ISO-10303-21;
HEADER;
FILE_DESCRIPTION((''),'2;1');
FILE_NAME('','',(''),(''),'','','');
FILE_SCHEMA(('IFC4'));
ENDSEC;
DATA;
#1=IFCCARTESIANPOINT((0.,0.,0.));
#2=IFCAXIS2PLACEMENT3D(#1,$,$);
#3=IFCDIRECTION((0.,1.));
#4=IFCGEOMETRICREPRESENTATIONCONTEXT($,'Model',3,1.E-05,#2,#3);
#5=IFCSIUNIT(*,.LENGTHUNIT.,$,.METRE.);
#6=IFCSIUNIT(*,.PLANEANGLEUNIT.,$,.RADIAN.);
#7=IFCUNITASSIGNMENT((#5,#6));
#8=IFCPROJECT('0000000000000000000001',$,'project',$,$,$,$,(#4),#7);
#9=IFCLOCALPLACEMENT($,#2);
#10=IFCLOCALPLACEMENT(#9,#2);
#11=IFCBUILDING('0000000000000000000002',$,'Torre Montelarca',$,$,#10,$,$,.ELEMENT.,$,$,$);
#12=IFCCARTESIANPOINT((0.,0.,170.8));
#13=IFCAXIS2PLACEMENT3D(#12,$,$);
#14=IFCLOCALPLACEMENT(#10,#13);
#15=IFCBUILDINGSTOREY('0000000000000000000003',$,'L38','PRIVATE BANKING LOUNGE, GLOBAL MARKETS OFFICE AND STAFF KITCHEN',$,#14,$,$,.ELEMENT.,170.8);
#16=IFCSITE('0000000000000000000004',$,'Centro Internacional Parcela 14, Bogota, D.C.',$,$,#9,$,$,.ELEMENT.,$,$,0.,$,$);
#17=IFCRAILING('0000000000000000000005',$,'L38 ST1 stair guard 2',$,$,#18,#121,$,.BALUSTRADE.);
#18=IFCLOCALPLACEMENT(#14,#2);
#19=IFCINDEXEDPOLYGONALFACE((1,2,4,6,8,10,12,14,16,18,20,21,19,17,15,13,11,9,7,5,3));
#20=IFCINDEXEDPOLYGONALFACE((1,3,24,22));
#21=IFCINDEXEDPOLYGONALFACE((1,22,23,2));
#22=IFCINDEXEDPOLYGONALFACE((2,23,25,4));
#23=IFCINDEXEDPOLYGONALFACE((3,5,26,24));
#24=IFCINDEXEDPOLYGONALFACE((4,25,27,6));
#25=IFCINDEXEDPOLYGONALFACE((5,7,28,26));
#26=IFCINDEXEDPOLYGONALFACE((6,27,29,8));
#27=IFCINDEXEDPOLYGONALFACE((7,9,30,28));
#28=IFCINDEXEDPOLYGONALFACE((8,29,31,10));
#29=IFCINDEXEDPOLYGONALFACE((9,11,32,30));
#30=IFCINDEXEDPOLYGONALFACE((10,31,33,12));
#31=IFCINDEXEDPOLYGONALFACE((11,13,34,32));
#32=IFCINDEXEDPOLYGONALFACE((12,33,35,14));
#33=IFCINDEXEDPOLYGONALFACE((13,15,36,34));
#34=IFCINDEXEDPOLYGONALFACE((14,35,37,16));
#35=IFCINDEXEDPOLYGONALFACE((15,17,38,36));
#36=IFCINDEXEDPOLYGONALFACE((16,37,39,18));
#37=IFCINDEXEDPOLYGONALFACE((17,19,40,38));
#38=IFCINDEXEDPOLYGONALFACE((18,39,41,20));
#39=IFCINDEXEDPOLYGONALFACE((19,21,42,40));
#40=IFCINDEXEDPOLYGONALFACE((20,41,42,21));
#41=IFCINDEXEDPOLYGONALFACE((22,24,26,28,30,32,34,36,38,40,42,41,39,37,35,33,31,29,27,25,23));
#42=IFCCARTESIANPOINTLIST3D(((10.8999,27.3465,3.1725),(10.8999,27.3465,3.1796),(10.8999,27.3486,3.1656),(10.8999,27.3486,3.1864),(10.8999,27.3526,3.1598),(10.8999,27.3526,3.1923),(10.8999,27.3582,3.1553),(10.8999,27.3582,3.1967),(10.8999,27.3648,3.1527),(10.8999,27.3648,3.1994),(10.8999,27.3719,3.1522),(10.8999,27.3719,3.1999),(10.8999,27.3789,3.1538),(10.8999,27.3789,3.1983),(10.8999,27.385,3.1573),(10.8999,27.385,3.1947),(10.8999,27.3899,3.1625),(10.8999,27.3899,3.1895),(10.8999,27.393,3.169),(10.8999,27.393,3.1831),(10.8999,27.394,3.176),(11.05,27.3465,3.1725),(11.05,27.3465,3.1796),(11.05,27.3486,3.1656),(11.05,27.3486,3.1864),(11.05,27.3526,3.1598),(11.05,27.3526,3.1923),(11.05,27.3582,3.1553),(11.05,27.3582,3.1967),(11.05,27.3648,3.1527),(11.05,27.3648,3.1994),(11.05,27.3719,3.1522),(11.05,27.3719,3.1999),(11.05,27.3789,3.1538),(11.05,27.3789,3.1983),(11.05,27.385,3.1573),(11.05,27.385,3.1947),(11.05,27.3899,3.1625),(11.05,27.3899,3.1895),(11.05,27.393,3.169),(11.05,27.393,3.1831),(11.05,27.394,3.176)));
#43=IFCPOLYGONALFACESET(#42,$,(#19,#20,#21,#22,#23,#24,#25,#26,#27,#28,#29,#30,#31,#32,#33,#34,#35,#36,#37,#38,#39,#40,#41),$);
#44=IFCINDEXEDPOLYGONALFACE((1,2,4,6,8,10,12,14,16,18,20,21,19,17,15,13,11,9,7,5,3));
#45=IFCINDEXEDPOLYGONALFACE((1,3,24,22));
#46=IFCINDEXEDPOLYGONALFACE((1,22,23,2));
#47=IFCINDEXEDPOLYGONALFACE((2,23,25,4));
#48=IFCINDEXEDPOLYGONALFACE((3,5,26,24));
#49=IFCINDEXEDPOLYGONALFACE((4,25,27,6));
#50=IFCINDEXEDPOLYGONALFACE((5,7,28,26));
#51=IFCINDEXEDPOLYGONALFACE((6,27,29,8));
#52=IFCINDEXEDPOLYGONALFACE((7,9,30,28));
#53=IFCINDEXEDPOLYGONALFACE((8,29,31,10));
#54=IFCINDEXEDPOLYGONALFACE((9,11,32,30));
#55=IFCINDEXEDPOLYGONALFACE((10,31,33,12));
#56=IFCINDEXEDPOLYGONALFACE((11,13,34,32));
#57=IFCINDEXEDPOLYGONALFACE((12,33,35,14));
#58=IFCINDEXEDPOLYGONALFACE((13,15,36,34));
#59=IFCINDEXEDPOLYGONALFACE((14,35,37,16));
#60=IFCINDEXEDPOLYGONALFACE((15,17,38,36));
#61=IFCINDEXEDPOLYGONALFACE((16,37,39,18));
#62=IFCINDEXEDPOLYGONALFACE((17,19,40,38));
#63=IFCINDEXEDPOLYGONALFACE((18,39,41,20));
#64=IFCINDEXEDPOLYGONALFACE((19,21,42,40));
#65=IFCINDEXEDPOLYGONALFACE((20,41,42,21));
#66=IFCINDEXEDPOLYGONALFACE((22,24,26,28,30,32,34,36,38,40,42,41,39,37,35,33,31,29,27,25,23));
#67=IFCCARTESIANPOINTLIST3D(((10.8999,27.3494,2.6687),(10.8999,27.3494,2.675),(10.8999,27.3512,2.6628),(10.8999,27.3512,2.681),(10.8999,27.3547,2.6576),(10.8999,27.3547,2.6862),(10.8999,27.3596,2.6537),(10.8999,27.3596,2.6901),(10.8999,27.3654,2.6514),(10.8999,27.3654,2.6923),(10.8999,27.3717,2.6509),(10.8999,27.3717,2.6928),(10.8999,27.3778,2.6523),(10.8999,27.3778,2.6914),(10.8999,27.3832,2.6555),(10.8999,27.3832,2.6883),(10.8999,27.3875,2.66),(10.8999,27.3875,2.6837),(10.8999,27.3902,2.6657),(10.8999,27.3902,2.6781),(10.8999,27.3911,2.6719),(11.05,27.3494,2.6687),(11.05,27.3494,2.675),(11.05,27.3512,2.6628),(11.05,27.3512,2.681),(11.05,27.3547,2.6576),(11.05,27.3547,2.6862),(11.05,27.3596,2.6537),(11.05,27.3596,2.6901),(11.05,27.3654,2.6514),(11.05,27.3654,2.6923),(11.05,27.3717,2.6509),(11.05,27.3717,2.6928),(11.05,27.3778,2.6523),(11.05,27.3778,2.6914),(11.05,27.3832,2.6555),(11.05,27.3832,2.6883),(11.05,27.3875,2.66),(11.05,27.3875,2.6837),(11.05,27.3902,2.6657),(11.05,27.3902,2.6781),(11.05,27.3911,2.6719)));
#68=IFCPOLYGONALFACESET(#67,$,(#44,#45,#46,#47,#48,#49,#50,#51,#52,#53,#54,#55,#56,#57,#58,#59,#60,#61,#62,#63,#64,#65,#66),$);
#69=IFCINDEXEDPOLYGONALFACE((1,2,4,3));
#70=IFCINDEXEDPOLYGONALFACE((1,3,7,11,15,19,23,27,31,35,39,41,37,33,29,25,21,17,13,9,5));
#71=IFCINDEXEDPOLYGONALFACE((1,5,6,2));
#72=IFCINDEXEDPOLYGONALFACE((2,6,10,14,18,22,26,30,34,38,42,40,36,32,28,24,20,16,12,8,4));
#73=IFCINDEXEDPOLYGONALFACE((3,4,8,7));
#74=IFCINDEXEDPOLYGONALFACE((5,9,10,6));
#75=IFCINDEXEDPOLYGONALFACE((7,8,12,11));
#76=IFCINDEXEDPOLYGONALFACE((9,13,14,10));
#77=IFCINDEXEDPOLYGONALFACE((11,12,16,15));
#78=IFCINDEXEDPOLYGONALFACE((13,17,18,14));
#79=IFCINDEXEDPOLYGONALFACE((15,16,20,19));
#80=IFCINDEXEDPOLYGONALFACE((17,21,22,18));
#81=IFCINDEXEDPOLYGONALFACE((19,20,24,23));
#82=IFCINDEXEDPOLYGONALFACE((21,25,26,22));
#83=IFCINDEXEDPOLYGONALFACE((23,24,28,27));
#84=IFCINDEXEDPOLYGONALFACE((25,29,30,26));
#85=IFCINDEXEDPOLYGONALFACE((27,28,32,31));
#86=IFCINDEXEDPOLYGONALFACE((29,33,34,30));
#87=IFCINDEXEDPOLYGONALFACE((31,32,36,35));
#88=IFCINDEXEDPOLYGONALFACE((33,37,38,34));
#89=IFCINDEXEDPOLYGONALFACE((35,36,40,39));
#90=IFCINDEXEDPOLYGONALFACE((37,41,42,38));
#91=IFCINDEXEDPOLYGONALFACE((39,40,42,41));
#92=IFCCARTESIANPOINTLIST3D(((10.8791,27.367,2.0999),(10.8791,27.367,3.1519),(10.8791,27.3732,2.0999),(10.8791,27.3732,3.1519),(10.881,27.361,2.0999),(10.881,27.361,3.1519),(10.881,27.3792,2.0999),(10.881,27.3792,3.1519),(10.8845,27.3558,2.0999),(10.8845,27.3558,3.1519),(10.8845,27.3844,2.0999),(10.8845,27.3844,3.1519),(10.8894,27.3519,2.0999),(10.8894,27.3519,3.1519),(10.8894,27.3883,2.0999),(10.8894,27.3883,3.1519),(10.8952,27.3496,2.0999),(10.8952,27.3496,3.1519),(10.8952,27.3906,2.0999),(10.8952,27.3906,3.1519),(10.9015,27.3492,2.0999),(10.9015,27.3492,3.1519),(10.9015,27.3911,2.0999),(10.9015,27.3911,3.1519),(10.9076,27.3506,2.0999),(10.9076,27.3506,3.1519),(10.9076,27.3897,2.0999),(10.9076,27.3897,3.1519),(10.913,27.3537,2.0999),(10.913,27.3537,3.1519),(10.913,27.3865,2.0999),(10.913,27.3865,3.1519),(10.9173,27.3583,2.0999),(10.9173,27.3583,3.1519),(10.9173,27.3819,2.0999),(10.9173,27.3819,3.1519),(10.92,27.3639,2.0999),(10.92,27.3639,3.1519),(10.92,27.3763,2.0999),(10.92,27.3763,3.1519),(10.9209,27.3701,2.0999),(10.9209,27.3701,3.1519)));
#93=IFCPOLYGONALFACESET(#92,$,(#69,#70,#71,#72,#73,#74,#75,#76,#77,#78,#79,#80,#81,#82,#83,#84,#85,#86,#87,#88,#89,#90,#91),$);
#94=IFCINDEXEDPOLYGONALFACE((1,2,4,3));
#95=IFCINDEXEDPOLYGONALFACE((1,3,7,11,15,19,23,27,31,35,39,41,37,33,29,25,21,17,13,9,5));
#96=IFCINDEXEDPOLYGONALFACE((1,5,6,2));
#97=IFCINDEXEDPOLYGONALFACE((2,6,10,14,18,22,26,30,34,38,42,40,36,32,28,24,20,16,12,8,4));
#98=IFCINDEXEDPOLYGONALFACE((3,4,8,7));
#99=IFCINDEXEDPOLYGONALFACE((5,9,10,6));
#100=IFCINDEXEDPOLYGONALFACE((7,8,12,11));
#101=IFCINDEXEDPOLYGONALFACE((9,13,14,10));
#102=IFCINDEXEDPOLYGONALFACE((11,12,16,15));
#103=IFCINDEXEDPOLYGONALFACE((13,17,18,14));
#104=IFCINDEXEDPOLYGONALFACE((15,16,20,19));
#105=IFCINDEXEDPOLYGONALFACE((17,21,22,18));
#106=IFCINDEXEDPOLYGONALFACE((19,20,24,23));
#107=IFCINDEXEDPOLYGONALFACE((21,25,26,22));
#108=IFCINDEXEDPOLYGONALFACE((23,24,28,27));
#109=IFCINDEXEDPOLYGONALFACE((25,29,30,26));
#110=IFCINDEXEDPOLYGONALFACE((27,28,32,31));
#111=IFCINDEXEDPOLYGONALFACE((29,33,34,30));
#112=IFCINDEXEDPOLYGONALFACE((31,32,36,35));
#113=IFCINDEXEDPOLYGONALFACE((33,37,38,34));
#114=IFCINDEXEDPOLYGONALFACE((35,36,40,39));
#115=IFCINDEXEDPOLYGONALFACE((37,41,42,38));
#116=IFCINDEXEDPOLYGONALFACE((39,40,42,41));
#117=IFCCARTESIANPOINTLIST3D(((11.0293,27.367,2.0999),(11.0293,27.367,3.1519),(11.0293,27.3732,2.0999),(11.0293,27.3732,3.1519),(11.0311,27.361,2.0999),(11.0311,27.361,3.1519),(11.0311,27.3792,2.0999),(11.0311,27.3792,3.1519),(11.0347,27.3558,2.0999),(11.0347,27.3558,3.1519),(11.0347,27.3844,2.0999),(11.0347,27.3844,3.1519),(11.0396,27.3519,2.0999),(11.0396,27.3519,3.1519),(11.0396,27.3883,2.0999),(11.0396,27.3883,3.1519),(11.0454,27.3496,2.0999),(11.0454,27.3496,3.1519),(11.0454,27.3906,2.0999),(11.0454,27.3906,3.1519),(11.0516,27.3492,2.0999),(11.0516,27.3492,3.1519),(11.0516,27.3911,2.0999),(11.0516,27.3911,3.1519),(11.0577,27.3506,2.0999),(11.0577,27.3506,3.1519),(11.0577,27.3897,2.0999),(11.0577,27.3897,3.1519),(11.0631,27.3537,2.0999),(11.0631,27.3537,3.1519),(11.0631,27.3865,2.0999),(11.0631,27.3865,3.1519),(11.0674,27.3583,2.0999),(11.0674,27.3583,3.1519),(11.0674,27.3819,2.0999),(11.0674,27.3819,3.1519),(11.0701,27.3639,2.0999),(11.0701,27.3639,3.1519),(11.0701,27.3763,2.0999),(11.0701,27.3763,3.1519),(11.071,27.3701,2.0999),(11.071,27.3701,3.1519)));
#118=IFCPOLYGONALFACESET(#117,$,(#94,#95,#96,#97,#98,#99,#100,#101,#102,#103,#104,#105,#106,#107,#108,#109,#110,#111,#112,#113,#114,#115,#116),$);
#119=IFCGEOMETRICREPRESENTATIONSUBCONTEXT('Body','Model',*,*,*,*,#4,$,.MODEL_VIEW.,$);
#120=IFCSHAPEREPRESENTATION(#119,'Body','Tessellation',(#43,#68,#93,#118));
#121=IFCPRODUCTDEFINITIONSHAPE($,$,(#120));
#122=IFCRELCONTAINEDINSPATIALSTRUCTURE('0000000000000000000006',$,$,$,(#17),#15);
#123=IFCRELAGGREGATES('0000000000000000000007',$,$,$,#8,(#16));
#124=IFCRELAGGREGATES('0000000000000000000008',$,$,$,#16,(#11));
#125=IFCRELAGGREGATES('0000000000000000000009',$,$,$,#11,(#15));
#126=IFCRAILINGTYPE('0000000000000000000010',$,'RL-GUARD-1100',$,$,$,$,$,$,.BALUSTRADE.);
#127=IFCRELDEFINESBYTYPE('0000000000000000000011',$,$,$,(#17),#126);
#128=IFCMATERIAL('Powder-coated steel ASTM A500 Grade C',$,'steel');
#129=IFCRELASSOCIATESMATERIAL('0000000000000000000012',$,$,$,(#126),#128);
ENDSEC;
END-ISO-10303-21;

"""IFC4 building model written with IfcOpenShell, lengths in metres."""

from ifc_helpers import new_model, si_unit, direction, frame, origin, origin_2d, place, context, subcontext, project, spatial, circle, extrude, material, type_object, element, save


model = new_model("IFC4")

# Units and contexts
model_context = context("Model", 3, precision=1e-05, world=origin(), true_north=direction((0.0, 1.0)))
body_context = subcontext(model_context, "Body", "Model", "MODEL_VIEW")
ifc_project = project(units=[si_unit("LENGTHUNIT", "METRE"), si_unit("PLANEANGLEUNIT", "RADIAN")], contexts=[model_context])

# Site, building, storey
site_placement = place(None, origin())
site = spatial("IfcSite", under=ifc_project, at=site_placement, Name="Centro Internacional Parcela 14, Bogota, D.C.", CompositionType="ELEMENT", RefElevation=0.0)
building_placement = place(site_placement, origin())
building = spatial("IfcBuilding", under=site, at=building_placement, Name="Torre Montelarca", CompositionType="ELEMENT")
storey_placement = place(building_placement, frame((0.0, 0.0, 170.8)))
storey = spatial("IfcBuildingStorey", under=building, at=storey_placement, Name="L38", Description="PRIVATE BANKING LOUNGE, GLOBAL MARKETS OFFICE AND STAFF KITCHEN", CompositionType="ELEMENT", Elevation=170.8)

# Railing
ifc_material_1 = material(Name="Powder-coated steel ASTM A500 Grade C", Category="steel")
railing_type_1 = type_object("IfcRailingType", Name="RL-GUARD-1100", PredefinedType="BALUSTRADE", material=ifc_material_1)
railing_1_placement = place(storey_placement, frame((10.8999, 27.3701, 2.0999)))
element("IfcRailing", 1, at=railing_1_placement, inside=storey, type_object=railing_type_1, Name="L38 ST1 stair guard 2", PredefinedType="BALUSTRADE", context=body_context, shape_type="SweptSolid", body=[
    extrude(circle(Radius=0.0239, at=origin_2d()), frame((0.0, 0.0, 1.0762), z_axis=(1.0, 0.0, 0.0), x_axis=(0.0, 1.0, 0.0)), (0.0, 0.0, 1.0), 0.1501),
    extrude(circle(Radius=0.021, at=origin_2d()), frame((0.0, 0.0, 0.572), z_axis=(1.0, 0.0, 0.0), x_axis=(0.0, 1.0, 0.0)), (0.0, 0.0, 1.0), 0.1501),
    extrude(circle(Radius=0.021, at=origin_2d()), origin(), (0.0, 0.0, 1.0), 1.052),
    extrude(circle(Radius=0.021, at=origin_2d()), frame((0.1501, 0.0, 0.0)), (0.0, 0.0, 1.0), 1.052),
])

save(model, "model.ifc")
